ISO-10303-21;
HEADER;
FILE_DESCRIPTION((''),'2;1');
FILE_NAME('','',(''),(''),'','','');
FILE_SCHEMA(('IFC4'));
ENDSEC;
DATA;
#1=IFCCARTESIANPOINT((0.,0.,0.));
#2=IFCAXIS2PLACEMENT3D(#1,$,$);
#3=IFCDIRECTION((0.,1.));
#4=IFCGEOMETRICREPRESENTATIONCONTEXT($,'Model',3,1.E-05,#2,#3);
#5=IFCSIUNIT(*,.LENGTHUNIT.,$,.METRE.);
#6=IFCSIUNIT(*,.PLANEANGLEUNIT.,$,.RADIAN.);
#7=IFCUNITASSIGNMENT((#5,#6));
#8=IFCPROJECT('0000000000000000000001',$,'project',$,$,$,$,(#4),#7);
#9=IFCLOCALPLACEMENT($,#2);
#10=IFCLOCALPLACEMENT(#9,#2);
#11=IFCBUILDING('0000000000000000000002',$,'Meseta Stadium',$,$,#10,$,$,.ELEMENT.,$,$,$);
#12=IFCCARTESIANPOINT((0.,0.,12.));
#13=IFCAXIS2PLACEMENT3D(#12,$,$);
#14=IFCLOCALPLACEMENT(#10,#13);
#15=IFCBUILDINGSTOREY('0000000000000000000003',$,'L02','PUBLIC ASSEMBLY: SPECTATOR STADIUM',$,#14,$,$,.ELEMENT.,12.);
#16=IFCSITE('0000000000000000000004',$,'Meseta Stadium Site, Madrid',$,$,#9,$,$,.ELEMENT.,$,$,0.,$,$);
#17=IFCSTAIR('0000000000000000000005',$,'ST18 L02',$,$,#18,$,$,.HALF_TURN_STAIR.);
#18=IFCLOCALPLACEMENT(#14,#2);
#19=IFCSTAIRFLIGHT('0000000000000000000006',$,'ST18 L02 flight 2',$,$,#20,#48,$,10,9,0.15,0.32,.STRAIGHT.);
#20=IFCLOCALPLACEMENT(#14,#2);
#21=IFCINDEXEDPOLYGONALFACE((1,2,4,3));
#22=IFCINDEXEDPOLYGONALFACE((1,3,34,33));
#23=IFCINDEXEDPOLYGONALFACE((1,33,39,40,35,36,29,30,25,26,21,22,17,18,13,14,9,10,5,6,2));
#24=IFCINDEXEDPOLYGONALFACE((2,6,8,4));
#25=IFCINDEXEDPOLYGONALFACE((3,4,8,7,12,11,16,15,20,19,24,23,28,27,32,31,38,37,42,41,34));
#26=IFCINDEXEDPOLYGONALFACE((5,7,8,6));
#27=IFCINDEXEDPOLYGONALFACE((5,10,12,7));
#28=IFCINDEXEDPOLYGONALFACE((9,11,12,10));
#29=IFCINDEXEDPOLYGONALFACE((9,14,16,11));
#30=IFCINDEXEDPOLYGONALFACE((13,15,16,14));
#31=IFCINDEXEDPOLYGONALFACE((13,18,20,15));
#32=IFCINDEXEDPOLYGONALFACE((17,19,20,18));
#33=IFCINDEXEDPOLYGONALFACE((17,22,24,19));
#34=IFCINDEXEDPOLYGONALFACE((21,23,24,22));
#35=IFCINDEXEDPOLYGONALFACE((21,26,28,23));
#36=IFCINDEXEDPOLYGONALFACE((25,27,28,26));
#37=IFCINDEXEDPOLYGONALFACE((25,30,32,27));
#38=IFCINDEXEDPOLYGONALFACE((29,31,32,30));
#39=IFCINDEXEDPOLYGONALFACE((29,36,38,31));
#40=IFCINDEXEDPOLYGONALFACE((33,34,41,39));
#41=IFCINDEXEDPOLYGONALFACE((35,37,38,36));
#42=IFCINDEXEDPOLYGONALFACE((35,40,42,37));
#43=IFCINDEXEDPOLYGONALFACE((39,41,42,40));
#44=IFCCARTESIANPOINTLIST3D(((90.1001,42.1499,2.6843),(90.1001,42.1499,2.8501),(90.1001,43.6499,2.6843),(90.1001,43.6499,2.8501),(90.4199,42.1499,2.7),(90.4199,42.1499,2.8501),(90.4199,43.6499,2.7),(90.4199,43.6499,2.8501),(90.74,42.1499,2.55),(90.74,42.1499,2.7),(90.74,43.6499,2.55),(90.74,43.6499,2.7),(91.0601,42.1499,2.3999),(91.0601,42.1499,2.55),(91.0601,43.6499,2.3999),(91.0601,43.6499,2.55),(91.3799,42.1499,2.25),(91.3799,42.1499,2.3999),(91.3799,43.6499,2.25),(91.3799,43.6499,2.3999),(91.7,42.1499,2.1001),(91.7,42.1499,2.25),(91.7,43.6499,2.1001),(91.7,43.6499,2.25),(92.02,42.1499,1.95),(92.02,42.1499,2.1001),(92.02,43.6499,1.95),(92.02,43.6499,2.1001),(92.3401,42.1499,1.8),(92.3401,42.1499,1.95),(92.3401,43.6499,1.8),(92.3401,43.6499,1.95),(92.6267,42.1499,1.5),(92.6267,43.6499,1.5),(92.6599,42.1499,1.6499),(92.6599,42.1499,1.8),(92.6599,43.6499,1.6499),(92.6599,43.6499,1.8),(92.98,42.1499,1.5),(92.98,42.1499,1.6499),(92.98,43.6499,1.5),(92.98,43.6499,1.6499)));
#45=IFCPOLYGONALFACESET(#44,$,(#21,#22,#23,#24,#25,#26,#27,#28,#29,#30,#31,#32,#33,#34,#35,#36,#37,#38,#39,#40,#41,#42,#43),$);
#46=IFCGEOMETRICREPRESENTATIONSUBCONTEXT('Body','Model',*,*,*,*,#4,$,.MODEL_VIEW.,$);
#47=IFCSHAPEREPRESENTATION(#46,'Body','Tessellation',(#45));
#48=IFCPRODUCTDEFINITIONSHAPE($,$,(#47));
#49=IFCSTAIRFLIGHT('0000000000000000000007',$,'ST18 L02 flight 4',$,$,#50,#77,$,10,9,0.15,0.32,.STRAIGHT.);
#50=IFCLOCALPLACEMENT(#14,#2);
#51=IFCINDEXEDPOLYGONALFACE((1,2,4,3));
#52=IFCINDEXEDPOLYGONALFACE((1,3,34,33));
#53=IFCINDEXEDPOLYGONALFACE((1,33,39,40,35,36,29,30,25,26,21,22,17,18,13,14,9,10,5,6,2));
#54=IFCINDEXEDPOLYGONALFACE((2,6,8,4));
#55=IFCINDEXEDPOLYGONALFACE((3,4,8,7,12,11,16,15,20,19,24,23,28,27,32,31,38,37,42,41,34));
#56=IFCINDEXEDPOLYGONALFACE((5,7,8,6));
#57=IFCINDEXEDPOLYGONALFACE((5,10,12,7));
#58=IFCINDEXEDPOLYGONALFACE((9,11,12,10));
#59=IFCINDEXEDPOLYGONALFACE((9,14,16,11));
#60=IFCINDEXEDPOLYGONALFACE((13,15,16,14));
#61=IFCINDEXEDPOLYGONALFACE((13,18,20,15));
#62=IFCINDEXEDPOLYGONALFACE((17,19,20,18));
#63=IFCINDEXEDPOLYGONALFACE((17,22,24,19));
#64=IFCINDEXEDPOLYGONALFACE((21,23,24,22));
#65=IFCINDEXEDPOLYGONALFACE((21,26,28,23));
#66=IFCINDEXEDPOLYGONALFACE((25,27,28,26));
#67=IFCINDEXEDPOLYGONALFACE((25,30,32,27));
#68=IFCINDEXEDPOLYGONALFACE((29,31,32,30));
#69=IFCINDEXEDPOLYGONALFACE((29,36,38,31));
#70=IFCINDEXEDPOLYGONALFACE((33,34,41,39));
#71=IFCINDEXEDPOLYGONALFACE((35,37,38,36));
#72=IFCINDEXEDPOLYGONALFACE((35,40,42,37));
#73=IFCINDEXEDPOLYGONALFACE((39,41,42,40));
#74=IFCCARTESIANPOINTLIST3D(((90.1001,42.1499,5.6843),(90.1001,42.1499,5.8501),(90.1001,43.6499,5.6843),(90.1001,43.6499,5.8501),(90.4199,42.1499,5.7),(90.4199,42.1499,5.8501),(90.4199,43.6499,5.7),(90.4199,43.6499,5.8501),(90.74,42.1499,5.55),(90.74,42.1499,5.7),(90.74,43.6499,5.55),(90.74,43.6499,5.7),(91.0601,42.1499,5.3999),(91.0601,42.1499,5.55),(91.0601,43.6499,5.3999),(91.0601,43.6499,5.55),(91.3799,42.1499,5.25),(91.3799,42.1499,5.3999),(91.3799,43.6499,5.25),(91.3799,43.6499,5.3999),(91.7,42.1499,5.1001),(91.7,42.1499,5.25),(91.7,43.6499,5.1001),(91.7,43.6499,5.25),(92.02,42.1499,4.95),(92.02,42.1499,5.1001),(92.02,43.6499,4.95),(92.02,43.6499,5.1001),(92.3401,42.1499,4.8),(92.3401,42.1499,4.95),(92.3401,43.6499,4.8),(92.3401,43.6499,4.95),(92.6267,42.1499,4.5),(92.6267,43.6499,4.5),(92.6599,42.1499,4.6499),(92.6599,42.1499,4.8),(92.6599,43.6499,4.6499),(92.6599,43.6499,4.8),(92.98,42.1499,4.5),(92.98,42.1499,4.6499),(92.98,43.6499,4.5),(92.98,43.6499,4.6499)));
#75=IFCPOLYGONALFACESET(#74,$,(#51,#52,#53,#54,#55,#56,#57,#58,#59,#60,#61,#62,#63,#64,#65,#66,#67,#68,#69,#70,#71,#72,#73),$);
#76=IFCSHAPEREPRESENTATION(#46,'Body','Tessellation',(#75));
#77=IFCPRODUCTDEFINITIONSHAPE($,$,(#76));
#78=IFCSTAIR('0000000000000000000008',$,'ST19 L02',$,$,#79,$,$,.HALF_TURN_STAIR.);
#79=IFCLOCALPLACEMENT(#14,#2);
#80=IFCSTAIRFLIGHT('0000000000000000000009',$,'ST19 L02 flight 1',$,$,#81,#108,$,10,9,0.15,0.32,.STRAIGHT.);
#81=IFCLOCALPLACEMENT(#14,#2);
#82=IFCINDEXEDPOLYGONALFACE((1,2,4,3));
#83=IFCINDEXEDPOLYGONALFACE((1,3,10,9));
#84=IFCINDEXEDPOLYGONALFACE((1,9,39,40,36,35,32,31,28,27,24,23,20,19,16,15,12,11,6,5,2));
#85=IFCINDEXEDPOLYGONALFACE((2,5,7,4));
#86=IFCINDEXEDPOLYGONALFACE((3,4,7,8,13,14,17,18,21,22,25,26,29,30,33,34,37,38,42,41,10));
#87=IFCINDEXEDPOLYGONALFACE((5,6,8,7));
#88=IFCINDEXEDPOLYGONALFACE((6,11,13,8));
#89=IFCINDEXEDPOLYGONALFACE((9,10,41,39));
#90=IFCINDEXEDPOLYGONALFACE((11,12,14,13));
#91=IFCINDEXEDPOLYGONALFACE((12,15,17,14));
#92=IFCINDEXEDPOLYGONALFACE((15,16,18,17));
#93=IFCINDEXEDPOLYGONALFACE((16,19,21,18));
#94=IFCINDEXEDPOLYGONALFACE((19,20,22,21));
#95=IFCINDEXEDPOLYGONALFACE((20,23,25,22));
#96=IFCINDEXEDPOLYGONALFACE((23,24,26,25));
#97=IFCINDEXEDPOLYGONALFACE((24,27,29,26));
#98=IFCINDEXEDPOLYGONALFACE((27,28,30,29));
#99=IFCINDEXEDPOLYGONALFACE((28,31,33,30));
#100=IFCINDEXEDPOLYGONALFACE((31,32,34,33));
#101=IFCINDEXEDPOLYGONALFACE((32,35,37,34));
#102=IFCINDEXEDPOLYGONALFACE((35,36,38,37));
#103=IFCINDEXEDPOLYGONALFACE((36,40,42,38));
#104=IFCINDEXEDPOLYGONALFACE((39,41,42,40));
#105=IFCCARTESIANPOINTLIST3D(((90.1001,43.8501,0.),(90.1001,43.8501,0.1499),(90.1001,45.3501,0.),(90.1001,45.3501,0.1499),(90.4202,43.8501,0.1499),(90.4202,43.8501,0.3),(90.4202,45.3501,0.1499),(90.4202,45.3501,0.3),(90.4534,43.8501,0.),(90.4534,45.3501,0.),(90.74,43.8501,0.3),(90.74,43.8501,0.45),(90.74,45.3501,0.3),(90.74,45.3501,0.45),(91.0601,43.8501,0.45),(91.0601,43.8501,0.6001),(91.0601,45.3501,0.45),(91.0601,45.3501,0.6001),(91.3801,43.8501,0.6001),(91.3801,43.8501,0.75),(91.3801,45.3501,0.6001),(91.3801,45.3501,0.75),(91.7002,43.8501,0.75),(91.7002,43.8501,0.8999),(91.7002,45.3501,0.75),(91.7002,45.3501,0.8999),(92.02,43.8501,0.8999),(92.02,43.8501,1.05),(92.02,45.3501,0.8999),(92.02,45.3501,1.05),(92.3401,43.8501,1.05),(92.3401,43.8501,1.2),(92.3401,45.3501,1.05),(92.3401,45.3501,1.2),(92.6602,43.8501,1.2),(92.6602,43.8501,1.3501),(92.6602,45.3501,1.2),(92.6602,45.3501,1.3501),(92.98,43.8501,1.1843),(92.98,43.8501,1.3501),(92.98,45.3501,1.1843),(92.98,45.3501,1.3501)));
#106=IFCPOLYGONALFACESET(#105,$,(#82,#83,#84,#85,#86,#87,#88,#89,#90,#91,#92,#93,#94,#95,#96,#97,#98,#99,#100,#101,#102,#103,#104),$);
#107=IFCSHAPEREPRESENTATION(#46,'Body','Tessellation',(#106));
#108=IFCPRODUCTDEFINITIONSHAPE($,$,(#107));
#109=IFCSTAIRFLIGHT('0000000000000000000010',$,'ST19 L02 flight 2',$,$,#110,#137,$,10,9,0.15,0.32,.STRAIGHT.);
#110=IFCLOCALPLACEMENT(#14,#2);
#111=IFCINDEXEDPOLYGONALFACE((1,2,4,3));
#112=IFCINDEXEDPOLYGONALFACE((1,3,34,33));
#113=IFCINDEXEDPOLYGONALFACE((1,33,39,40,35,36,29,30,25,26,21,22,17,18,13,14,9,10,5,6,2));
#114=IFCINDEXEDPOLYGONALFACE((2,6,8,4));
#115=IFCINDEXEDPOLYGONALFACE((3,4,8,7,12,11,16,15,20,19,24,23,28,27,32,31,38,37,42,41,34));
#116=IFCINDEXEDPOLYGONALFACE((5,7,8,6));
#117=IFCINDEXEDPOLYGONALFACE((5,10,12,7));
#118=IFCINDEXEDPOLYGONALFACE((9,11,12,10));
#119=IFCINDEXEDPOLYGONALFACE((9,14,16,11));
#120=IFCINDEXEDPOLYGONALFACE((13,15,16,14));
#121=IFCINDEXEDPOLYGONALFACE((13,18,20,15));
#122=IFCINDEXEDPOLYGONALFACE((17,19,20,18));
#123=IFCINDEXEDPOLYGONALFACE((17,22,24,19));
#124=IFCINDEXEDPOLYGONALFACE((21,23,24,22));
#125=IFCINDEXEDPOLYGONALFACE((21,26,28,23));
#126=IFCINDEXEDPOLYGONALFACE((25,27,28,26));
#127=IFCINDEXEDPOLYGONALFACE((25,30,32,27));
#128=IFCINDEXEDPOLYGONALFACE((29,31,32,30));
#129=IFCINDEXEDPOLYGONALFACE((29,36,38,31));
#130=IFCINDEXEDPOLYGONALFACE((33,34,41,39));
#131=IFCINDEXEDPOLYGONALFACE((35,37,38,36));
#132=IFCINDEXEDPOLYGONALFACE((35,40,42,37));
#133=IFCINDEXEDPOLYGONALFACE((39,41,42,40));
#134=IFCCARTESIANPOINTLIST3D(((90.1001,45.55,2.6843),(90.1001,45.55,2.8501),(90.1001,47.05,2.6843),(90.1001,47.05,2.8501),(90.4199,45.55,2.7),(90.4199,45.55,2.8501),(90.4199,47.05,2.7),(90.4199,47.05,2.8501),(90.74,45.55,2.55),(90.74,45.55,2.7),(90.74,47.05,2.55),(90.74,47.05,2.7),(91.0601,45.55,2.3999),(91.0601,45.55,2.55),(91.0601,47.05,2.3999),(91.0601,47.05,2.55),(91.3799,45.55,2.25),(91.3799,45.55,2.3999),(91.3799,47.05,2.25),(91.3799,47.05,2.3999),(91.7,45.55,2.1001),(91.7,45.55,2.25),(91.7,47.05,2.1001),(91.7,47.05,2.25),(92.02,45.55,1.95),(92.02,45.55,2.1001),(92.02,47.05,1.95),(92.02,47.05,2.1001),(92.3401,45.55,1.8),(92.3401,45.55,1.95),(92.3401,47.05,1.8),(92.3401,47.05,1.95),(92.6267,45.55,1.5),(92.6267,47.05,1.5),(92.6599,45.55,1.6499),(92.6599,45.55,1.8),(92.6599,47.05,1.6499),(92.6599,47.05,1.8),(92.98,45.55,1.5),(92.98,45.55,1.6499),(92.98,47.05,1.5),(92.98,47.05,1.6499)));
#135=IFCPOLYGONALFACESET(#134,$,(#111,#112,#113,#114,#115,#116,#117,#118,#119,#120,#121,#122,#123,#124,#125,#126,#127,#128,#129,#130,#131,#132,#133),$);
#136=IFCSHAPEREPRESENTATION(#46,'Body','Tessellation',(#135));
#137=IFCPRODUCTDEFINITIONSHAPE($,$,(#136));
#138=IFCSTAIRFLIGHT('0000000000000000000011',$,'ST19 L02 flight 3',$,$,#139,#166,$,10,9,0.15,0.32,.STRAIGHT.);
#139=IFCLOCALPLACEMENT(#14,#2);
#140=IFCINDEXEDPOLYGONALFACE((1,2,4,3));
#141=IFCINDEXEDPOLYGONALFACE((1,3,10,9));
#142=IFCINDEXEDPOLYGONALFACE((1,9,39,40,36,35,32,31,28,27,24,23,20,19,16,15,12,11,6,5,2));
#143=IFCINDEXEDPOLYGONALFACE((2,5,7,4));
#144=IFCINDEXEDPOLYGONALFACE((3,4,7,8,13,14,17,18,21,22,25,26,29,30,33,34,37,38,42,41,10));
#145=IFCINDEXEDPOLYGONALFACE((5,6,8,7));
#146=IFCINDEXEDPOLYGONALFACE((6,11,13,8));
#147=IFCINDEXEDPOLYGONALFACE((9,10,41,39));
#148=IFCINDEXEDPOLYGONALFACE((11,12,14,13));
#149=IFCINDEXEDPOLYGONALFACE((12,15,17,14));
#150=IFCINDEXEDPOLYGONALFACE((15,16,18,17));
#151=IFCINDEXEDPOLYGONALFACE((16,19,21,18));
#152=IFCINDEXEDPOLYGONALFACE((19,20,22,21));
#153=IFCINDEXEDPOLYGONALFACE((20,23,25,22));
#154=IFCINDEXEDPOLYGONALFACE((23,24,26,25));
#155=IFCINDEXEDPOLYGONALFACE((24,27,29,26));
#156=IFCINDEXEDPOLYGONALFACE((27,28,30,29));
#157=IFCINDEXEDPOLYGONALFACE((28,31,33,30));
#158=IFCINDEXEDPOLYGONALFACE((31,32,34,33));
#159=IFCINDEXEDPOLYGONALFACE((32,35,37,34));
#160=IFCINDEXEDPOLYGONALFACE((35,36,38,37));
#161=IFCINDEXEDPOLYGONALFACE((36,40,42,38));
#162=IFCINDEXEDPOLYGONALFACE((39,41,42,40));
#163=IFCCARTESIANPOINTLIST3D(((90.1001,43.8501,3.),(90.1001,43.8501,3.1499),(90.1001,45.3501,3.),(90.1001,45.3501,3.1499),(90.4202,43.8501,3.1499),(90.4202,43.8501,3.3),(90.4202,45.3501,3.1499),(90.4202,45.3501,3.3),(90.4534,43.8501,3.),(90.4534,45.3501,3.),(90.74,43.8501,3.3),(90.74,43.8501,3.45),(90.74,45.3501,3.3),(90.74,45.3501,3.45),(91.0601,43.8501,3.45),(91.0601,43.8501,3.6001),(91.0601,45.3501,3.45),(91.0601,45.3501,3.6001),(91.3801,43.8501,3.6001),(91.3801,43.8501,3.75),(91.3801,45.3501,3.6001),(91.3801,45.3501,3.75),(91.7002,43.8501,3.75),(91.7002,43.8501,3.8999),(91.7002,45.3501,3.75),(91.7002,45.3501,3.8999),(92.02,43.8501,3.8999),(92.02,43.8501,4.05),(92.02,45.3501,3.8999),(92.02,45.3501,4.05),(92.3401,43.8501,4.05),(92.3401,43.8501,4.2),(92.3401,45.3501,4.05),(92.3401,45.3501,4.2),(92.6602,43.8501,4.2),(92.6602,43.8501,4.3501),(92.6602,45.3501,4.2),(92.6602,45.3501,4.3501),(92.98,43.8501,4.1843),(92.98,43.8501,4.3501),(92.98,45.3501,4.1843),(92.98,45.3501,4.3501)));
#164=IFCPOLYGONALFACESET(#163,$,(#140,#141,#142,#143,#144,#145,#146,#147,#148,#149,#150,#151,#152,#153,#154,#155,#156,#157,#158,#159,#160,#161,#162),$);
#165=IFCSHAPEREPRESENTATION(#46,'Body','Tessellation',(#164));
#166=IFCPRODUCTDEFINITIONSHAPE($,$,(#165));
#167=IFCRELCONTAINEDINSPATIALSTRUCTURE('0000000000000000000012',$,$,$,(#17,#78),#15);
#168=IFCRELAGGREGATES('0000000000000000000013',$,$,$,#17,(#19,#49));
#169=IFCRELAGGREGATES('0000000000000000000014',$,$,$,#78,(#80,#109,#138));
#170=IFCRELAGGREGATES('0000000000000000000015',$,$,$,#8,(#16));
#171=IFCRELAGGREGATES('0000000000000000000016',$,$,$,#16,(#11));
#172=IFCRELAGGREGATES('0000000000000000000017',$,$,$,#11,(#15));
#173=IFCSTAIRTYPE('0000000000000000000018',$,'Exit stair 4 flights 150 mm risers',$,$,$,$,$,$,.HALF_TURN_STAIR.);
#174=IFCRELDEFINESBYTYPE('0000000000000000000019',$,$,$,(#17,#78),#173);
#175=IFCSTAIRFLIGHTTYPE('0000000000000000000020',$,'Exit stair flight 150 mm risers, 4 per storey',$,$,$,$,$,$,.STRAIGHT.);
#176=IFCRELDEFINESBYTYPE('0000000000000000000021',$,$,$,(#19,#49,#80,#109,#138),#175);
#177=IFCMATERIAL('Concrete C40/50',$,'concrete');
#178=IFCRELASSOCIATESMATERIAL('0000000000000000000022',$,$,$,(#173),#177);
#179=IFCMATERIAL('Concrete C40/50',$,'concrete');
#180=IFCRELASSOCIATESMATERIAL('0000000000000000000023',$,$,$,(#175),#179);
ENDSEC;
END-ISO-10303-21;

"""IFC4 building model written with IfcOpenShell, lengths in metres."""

from ifc_helpers import new_model, si_unit, direction, frame, origin, place, context, subcontext, project, spatial, polyline, outline, extrude, material, type_object, element, aggregate, save


model = new_model("IFC4")

# Units and contexts
model_context = context("Model", 3, precision=1e-05, world=origin(), true_north=direction((0.0, 1.0)))
body_context = subcontext(model_context, "Body", "Model", "MODEL_VIEW")
ifc_project = project(units=[si_unit("LENGTHUNIT", "METRE"), si_unit("PLANEANGLEUNIT", "RADIAN")], contexts=[model_context])

# Site, building, storey
site_placement = place(None, origin())
site = spatial("IfcSite", under=ifc_project, at=site_placement, Name="Meseta Stadium Site, Madrid", CompositionType="ELEMENT", RefElevation=0.0)
building_placement = place(site_placement, origin())
building = spatial("IfcBuilding", under=site, at=building_placement, Name="Meseta Stadium", CompositionType="ELEMENT")
storey_placement = place(building_placement, frame((0.0, 0.0, 12.0)))
storey = spatial("IfcBuildingStorey", under=building, at=storey_placement, Name="L02", Description="PUBLIC ASSEMBLY: SPECTATOR STADIUM", CompositionType="ELEMENT", Elevation=12.0)

# Stairs, stair flights
ifc_material_1 = material(Name="Concrete C40/50", Category="concrete")
stair_type = type_object("IfcStairType", Name="Exit stair 4 flights 150 mm risers", PredefinedType="HALF_TURN_STAIR", material=ifc_material_1)
stair_1_placement = place(storey_placement, origin())
stair_1 = element("IfcStair", 1, at=stair_1_placement, inside=storey, type_object=stair_type, Name="ST18 L02", PredefinedType="HALF_TURN_STAIR")
ifc_material_2 = material(Name="Concrete C40/50", Category="concrete")
stair_flight_type = type_object("IfcStairFlightType", Name="Exit stair flight 150 mm risers, 4 per storey", PredefinedType="STRAIGHT", material=ifc_material_2)
stair_flight_1_placement = place(storey_placement, frame((92.98, 42.8999, 1.5), z_axis=(0.0, 0.0, 1.0), x_axis=(-1.0, 0.0, 0.0)))
stair_flight_1 = element("IfcStairFlight", 2, at=stair_flight_1_placement, type_object=stair_flight_type, Name="ST18 L02 flight 2", NumberOfRisers=10, NumberOfTreads=9, PredefinedType="STRAIGHT", RiserHeight=0.15, TreadLength=0.32, context=body_context, shape_type="SweptSolid", body=[
    extrude(outline(polyline([(0.0, 0.0), (0.0, 0.1499), (0.3201, 0.1499), (0.3201, 0.3), (0.6399, 0.3), (0.6399, 0.45), (0.96, 0.45), (0.96, 0.6001), (1.28, 0.6001), (1.28, 0.75), (1.6001, 0.75), (1.6001, 0.8999), (1.9199, 0.8999), (1.9199, 1.05), (2.24, 1.05), (2.24, 1.2), (2.5601, 1.2), (2.5601, 1.3501), (2.8799, 1.3501), (2.8799, 1.1843), (0.3533, 0.0), (0.0, 0.0)])), frame((0.0, 0.75, 0.0), z_axis=(0.0, -1.0, 0.0), x_axis=(1.0, 0.0, 0.0)), (0.0, 0.0, 1.0), 1.5),
])
stair_flight_2_placement = place(storey_placement, frame((92.98, 42.8999, 4.5), z_axis=(0.0, 0.0, 1.0), x_axis=(-1.0, 0.0, 0.0)))
stair_flight_2 = element("IfcStairFlight", 3, at=stair_flight_2_placement, type_object=stair_flight_type, Name="ST18 L02 flight 4", NumberOfRisers=10, NumberOfTreads=9, PredefinedType="STRAIGHT", RiserHeight=0.15, TreadLength=0.32, context=body_context, shape_type="SweptSolid", body=[
    extrude(outline(polyline([(0.0, 0.0), (0.0, 0.1499), (0.3201, 0.1499), (0.3201, 0.3), (0.6399, 0.3), (0.6399, 0.45), (0.96, 0.45), (0.96, 0.6001), (1.28, 0.6001), (1.28, 0.75), (1.6001, 0.75), (1.6001, 0.8999), (1.9199, 0.8999), (1.9199, 1.05), (2.24, 1.05), (2.24, 1.2), (2.5601, 1.2), (2.5601, 1.3501), (2.8799, 1.3501), (2.8799, 1.1843), (0.3533, 0.0), (0.0, 0.0)])), frame((0.0, 0.75, 0.0), z_axis=(0.0, -1.0, 0.0), x_axis=(1.0, 0.0, 0.0)), (0.0, 0.0, 1.0), 1.5),
])
aggregate(stair_1, [stair_flight_1, stair_flight_2])
stair_2_placement = place(storey_placement, origin())
stair_2 = element("IfcStair", 4, at=stair_2_placement, inside=storey, type_object=stair_type, Name="ST19 L02", PredefinedType="HALF_TURN_STAIR")
stair_flight_3_placement = place(storey_placement, frame((90.1001, 44.6001, 0.0), z_axis=(0.0, 0.0, 1.0), x_axis=(1.0, 0.0, 0.0)))
stair_flight_3 = element("IfcStairFlight", 5, at=stair_flight_3_placement, type_object=stair_flight_type, Name="ST19 L02 flight 1", NumberOfRisers=10, NumberOfTreads=9, PredefinedType="STRAIGHT", RiserHeight=0.15, TreadLength=0.32, context=body_context, shape_type="SweptSolid", body=[
    extrude(outline(polyline([(0.0, 0.0), (0.0, 0.1499), (0.3201, 0.1499), (0.3201, 0.3), (0.6399, 0.3), (0.6399, 0.45), (0.96, 0.45), (0.96, 0.6001), (1.28, 0.6001), (1.28, 0.75), (1.6001, 0.75), (1.6001, 0.8999), (1.9199, 0.8999), (1.9199, 1.05), (2.24, 1.05), (2.24, 1.2), (2.5601, 1.2), (2.5601, 1.3501), (2.8799, 1.3501), (2.8799, 1.1843), (0.3533, 0.0), (0.0, 0.0)])), frame((0.0, 0.75, 0.0), z_axis=(0.0, -1.0, 0.0), x_axis=(1.0, 0.0, 0.0)), (0.0, 0.0, 1.0), 1.5),
])
stair_flight_4_placement = place(storey_placement, frame((92.98, 46.3, 1.5), z_axis=(0.0, 0.0, 1.0), x_axis=(-1.0, 0.0, 0.0)))
stair_flight_4 = element("IfcStairFlight", 6, at=stair_flight_4_placement, type_object=stair_flight_type, Name="ST19 L02 flight 2", NumberOfRisers=10, NumberOfTreads=9, PredefinedType="STRAIGHT", RiserHeight=0.15, TreadLength=0.32, context=body_context, shape_type="SweptSolid", body=[
    extrude(outline(polyline([(0.0, 0.0), (0.0, 0.1499), (0.3201, 0.1499), (0.3201, 0.3), (0.6399, 0.3), (0.6399, 0.45), (0.96, 0.45), (0.96, 0.6001), (1.28, 0.6001), (1.28, 0.75), (1.6001, 0.75), (1.6001, 0.8999), (1.9199, 0.8999), (1.9199, 1.05), (2.24, 1.05), (2.24, 1.2), (2.5601, 1.2), (2.5601, 1.3501), (2.8799, 1.3501), (2.8799, 1.1843), (0.3533, 0.0), (0.0, 0.0)])), frame((0.0, 0.75, 0.0), z_axis=(0.0, -1.0, 0.0), x_axis=(1.0, 0.0, 0.0)), (0.0, 0.0, 1.0), 1.5),
])
stair_flight_5_placement = place(storey_placement, frame((90.1001, 44.6001, 3.0), z_axis=(0.0, 0.0, 1.0), x_axis=(1.0, 0.0, 0.0)))
stair_flight_5 = element("IfcStairFlight", 7, at=stair_flight_5_placement, type_object=stair_flight_type, Name="ST19 L02 flight 3", NumberOfRisers=10, NumberOfTreads=9, PredefinedType="STRAIGHT", RiserHeight=0.15, TreadLength=0.32, context=body_context, shape_type="SweptSolid", body=[
    extrude(outline(polyline([(0.0, 0.0), (0.0, 0.1499), (0.3201, 0.1499), (0.3201, 0.3), (0.6399, 0.3), (0.6399, 0.45), (0.96, 0.45), (0.96, 0.6001), (1.28, 0.6001), (1.28, 0.75), (1.6001, 0.75), (1.6001, 0.8999), (1.9199, 0.8999), (1.9199, 1.05), (2.24, 1.05), (2.24, 1.2), (2.5601, 1.2), (2.5601, 1.3501), (2.8799, 1.3501), (2.8799, 1.1843), (0.3533, 0.0), (0.0, 0.0)])), frame((0.0, 0.75, 0.0), z_axis=(0.0, -1.0, 0.0), x_axis=(1.0, 0.0, 0.0)), (0.0, 0.0, 1.0), 1.5),
])
aggregate(stair_2, [stair_flight_3, stair_flight_4, stair_flight_5])

save(model, "model.ifc")
